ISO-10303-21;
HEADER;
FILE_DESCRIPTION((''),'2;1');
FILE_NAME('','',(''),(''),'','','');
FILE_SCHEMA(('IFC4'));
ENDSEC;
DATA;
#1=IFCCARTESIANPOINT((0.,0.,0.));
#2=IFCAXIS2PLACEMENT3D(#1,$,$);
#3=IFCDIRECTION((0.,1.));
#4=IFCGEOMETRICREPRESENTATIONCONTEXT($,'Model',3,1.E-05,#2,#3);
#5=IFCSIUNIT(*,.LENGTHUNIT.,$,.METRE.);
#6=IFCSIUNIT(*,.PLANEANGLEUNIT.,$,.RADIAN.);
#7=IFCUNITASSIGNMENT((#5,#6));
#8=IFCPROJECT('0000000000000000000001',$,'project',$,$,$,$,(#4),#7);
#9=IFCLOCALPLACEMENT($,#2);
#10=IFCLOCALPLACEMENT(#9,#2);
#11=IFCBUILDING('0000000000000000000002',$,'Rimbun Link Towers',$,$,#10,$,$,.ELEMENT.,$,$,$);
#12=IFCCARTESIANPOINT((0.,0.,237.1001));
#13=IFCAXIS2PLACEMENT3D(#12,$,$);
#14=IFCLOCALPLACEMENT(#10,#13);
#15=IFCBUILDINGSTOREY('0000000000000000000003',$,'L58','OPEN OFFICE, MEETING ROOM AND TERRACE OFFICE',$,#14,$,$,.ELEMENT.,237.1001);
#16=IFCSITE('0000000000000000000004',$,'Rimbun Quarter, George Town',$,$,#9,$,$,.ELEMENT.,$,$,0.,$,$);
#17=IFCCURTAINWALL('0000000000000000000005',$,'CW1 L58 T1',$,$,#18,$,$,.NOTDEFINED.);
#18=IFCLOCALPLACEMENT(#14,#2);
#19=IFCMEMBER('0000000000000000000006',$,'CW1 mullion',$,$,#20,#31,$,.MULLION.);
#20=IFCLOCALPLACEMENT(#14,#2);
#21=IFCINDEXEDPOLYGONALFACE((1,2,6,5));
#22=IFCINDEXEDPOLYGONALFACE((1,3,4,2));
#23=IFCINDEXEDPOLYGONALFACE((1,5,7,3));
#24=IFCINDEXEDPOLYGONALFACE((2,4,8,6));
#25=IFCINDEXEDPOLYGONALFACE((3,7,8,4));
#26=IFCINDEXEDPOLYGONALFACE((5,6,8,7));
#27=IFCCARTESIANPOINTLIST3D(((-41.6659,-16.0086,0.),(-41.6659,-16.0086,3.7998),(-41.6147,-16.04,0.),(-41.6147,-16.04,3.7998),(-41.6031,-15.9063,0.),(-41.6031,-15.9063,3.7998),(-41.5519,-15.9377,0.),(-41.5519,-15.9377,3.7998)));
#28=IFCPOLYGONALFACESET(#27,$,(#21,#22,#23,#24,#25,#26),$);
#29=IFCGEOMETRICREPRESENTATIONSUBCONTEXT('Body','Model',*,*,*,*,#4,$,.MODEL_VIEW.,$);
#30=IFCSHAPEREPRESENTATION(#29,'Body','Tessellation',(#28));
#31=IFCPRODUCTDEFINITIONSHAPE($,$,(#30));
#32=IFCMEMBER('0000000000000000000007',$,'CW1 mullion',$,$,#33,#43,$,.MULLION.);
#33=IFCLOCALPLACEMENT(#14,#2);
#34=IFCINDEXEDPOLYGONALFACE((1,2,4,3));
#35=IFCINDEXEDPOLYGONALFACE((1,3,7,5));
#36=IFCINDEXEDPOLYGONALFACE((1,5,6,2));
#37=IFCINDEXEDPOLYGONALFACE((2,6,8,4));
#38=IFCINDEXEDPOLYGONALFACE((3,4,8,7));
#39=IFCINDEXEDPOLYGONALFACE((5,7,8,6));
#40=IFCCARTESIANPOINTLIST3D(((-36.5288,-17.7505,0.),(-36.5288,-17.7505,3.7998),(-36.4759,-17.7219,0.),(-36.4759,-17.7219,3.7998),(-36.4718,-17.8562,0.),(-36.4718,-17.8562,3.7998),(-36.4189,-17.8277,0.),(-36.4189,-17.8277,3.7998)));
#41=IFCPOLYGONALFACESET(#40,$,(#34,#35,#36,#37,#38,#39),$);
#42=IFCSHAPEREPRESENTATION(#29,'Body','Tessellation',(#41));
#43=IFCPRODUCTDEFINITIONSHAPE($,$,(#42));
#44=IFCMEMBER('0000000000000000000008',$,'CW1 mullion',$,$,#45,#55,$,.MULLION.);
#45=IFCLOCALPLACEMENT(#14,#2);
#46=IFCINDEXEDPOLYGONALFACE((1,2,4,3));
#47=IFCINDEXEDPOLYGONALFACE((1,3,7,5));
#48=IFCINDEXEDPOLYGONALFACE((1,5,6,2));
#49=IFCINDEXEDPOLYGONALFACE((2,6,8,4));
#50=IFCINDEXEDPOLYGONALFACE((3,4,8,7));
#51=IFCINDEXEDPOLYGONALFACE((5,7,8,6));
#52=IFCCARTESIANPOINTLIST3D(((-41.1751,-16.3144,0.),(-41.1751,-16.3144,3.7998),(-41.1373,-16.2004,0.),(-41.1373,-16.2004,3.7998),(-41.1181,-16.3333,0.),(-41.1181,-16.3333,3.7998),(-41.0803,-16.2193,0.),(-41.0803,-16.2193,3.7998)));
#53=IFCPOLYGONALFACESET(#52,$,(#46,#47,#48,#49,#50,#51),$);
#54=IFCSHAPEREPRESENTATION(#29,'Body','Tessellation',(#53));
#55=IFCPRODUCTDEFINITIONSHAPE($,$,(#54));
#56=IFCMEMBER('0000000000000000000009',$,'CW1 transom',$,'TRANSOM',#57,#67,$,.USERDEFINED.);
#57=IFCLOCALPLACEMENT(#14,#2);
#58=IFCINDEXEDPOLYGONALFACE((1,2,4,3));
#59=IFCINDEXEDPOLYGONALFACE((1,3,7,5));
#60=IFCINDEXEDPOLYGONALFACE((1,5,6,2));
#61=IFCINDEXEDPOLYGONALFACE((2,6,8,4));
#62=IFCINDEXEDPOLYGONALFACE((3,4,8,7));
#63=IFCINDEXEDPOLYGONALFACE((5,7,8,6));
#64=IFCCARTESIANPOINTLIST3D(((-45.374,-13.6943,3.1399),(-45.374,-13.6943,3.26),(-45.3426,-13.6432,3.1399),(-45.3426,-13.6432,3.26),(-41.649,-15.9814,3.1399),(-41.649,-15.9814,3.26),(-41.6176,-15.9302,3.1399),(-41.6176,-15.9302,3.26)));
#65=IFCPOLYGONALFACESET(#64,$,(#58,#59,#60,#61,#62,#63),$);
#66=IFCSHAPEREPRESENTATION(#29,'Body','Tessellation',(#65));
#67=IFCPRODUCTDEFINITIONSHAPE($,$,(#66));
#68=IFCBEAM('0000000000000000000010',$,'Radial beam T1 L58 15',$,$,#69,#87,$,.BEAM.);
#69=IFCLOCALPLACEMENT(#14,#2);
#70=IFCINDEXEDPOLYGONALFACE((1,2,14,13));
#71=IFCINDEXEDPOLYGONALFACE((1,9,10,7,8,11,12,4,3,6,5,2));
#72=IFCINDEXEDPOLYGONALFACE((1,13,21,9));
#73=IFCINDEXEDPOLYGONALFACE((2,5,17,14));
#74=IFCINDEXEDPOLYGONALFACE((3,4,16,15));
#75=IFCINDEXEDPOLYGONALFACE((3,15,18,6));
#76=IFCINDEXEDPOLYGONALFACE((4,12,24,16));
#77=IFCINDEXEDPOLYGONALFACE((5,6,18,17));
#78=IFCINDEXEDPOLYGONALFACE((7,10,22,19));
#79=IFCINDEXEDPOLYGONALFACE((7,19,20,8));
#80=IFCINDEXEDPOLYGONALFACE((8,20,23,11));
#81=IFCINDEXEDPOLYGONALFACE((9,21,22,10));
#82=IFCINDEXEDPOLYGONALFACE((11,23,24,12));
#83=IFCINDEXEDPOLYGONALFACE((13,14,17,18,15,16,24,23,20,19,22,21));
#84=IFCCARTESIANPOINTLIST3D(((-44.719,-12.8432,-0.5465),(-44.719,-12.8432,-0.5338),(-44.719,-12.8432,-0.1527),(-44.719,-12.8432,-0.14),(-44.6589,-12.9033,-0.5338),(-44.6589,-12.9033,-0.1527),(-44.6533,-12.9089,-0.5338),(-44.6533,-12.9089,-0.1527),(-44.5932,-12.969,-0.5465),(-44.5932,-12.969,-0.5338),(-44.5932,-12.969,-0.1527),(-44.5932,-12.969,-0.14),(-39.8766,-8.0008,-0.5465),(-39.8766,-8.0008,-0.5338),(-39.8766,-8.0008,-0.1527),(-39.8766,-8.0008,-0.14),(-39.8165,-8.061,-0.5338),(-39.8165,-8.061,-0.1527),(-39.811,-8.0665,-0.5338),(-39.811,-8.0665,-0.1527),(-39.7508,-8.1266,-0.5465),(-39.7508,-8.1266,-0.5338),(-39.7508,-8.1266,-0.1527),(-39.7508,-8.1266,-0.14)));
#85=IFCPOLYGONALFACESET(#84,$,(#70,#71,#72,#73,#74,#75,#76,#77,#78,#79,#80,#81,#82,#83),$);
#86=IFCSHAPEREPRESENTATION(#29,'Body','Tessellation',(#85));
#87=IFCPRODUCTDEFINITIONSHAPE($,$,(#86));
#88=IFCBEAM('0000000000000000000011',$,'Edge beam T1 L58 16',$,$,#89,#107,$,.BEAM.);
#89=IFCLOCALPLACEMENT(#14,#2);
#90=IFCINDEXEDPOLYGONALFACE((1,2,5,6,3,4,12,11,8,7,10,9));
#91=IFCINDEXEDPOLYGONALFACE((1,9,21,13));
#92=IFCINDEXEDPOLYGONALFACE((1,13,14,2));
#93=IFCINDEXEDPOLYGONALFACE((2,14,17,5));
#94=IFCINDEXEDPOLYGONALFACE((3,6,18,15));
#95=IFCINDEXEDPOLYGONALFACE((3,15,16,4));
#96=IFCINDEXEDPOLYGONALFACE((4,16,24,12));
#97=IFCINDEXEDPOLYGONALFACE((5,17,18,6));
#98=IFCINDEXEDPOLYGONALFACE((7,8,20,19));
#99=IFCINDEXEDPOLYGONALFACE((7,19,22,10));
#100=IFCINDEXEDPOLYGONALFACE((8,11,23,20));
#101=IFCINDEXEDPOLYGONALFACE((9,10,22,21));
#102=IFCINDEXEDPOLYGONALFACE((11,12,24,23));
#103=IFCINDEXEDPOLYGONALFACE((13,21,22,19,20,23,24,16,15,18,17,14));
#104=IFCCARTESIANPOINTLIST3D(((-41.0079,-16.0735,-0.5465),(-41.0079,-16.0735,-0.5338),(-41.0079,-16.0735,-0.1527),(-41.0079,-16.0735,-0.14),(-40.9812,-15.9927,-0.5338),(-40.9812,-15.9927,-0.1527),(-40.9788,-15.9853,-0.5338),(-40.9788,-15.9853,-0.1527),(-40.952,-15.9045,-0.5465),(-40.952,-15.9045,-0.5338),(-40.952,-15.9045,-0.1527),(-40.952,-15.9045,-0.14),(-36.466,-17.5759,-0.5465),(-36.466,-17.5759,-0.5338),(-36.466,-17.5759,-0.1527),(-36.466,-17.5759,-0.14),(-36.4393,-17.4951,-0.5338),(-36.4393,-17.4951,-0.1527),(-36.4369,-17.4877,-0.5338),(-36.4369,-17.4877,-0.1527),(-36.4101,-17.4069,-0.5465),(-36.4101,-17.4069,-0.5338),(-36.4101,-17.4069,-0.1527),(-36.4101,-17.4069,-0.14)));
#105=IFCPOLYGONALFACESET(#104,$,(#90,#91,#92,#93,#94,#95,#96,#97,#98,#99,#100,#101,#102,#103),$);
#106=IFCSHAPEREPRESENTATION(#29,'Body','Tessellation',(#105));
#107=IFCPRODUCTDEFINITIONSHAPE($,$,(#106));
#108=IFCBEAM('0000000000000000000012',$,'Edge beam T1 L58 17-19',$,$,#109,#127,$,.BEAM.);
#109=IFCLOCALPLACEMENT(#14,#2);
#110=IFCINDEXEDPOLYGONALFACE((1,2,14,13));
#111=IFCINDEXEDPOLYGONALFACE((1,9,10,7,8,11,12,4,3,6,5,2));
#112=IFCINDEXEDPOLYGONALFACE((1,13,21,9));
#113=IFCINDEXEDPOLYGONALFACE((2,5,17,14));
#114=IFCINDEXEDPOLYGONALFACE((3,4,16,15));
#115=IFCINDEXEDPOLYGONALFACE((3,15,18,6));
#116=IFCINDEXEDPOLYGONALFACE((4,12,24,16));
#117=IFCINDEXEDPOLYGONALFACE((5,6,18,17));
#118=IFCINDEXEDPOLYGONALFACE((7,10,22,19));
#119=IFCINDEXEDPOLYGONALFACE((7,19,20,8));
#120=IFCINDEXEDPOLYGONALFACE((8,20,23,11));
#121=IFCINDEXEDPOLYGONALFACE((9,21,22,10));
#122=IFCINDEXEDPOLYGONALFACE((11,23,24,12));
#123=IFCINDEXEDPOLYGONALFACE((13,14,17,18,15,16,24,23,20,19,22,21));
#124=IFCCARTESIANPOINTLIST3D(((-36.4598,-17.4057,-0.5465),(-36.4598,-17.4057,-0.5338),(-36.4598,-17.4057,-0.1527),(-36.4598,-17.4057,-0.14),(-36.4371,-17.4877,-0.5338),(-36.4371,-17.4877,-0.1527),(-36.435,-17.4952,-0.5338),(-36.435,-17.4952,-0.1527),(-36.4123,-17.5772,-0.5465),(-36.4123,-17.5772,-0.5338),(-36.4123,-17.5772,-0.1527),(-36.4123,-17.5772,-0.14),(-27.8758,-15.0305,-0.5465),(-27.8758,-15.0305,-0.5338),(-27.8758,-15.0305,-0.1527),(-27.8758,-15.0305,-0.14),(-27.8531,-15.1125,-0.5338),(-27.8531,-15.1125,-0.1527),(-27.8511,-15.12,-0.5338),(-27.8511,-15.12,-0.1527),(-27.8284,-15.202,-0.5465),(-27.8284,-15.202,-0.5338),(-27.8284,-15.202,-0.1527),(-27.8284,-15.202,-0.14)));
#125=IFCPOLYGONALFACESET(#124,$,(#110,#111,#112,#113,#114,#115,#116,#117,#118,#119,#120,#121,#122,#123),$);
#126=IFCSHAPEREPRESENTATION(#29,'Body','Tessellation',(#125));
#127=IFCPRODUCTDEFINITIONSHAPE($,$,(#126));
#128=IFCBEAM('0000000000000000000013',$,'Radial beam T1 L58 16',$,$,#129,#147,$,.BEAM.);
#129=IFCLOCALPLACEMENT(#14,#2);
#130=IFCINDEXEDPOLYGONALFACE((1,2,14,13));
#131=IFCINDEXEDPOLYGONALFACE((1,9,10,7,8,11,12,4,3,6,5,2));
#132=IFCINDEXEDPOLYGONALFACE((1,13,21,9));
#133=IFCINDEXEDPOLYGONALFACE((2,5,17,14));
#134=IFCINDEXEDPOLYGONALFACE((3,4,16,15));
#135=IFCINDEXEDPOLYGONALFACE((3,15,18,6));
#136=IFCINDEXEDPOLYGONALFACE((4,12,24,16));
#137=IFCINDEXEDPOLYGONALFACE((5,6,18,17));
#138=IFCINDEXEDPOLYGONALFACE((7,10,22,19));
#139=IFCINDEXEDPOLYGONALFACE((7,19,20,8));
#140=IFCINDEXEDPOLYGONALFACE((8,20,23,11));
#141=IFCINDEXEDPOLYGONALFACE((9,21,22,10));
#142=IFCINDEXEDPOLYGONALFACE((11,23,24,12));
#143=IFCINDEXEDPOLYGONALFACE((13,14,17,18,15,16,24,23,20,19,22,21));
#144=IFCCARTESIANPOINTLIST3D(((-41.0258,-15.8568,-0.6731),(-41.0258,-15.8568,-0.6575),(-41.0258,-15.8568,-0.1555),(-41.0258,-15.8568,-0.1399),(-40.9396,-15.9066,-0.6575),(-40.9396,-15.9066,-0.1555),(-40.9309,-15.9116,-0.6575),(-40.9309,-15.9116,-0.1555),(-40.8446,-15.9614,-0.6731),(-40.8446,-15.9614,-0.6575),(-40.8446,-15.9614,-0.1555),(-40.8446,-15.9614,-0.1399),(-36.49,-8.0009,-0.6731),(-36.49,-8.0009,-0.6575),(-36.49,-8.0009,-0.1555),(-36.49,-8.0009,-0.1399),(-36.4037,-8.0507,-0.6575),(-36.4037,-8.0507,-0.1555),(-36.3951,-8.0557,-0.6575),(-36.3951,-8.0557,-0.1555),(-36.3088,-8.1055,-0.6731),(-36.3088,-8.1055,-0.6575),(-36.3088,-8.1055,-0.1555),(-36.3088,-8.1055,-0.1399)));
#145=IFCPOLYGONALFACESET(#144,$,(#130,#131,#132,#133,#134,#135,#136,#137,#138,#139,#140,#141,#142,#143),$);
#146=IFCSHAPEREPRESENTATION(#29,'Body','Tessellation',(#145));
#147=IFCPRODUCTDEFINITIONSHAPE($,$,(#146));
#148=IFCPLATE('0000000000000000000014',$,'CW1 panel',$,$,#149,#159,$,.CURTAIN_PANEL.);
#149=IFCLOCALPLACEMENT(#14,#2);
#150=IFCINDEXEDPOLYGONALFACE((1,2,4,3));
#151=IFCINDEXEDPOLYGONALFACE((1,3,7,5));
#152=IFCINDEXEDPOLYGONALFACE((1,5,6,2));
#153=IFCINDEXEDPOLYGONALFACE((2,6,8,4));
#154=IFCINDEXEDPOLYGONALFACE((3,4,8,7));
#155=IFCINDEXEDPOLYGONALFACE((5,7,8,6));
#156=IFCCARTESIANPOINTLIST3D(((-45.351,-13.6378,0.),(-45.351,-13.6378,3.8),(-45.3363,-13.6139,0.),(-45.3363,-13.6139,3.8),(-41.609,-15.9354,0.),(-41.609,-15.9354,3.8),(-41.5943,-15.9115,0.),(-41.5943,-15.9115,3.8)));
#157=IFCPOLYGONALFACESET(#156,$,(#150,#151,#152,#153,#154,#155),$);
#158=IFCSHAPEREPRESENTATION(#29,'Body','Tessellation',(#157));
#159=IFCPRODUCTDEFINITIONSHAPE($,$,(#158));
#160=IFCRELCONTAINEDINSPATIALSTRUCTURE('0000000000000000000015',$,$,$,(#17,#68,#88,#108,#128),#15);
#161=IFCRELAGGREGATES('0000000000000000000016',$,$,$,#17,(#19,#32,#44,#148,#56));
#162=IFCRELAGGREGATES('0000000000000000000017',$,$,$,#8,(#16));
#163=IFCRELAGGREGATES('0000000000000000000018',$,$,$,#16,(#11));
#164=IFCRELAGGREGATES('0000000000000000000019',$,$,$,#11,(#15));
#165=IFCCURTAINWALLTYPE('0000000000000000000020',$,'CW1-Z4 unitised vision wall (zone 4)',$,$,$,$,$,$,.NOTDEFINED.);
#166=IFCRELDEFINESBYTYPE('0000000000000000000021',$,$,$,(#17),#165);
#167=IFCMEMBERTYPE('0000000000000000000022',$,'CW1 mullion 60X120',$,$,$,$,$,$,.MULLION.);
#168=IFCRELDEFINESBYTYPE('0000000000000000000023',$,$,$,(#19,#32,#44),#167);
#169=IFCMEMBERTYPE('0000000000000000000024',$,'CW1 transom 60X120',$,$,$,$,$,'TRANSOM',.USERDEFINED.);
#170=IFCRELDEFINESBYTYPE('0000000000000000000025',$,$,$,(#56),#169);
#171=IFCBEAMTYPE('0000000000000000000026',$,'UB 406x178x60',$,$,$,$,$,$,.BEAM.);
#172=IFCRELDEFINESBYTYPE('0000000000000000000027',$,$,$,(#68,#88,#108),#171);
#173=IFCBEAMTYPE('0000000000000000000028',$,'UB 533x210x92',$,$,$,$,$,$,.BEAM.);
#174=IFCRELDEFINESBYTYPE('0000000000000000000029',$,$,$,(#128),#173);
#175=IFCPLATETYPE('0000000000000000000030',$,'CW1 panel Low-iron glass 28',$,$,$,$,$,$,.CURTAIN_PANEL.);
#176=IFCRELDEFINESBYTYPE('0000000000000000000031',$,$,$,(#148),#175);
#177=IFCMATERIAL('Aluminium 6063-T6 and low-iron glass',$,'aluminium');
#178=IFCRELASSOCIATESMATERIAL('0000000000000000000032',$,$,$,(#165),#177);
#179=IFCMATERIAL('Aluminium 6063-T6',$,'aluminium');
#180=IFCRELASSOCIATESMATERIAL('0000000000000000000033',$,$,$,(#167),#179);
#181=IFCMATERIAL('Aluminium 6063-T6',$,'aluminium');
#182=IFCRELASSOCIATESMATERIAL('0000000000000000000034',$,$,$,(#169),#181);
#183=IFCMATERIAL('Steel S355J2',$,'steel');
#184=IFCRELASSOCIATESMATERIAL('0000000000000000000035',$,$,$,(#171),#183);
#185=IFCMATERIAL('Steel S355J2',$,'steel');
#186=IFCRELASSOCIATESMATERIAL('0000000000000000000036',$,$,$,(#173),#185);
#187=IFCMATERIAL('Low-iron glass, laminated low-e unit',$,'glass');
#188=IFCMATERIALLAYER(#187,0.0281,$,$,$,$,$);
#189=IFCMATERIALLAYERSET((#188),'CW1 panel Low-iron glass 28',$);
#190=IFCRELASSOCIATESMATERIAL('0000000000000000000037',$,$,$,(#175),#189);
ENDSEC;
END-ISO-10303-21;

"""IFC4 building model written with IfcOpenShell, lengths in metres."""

from ifc_helpers import new_model, si_unit, direction, frame, origin, origin_2d, place, context, subcontext, project, spatial, rectangle, i_section, extrude, material, layer, layer_set, material_profile, profile_set, type_object, element, aggregate, save


model = new_model("IFC4")

# Units and contexts
model_context = context("Model", 3, precision=1e-05, world=origin(), true_north=direction((0.0, 1.0)))
body_context = subcontext(model_context, "Body", "Model", "MODEL_VIEW")
ifc_project = project(units=[si_unit("LENGTHUNIT", "METRE"), si_unit("PLANEANGLEUNIT", "RADIAN")], contexts=[model_context])

# Site, building, storey
site_placement = place(None, origin())
site = spatial("IfcSite", under=ifc_project, at=site_placement, Name="Rimbun Quarter, George Town", CompositionType="ELEMENT", RefElevation=0.0)
building_placement = place(site_placement, origin())
building = spatial("IfcBuilding", under=site, at=building_placement, Name="Rimbun Link Towers", CompositionType="ELEMENT")
storey_placement = place(building_placement, frame((0.0, 0.0, 237.1001)))
storey = spatial("IfcBuildingStorey", under=building, at=storey_placement, Name="L58", Description="OPEN OFFICE, MEETING ROOM AND TERRACE OFFICE", CompositionType="ELEMENT", Elevation=237.1001)

# Curtain wall, members
ifc_material_1 = material(Name="Aluminium 6063-T6 and low-iron glass", Category="aluminium")
curtain_wall_type = type_object("IfcCurtainWallType", Name="CW1-Z4 unitised vision wall (zone 4)", PredefinedType="NOTDEFINED", material=ifc_material_1)
curtain_wall_placement = place(storey_placement, origin())
curtain_wall = element("IfcCurtainWall", 1, at=curtain_wall_placement, inside=storey, type_object=curtain_wall_type, Name="CW1 L58 T1", PredefinedType="NOTDEFINED")
ifc_material_2 = material(Name="Aluminium 6063-T6", Category="aluminium")
ifc_material_profile_1 = material_profile(ifc_material_2, rectangle(XDim=0.1201, YDim=0.0601, at=origin_2d()), Name="MULLION 60X120")
ifc_profile_set_1 = profile_set([ifc_material_profile_1], Name="Aluminium 6063-T6")
member_type_1 = type_object("IfcMemberType", Name="CW1 mullion 60X120", PredefinedType="MULLION", material=ifc_profile_set_1)
member_1_placement = place(storey_placement, frame((-41.6089, -15.9731, 0.0), z_axis=(0.0, 0.0, 1.0), x_axis=(-0.52324, -0.852185, 0.0)))
member_1 = element("IfcMember", 2, at=member_1_placement, type_object=member_type_1, Name="CW1 mullion", PredefinedType="MULLION", context=body_context, shape_type="SweptSolid", body=[
    extrude(rectangle(XDim=0.1201, YDim=0.0601, at=origin_2d()), origin(), (0.0, 0.0, 1.0), 3.7998),
])
member_2_placement = place(storey_placement, frame((-36.4739, -17.7891, 0.0), z_axis=(0.0, 0.0, 1.0), x_axis=(0.474596, -0.880204, 0.0)))
member_2 = element("IfcMember", 3, at=member_2_placement, type_object=member_type_1, Name="CW1 mullion", PredefinedType="MULLION", context=body_context, shape_type="SweptSolid", body=[
    extrude(rectangle(XDim=0.1201, YDim=0.0601, at=origin_2d()), origin(), (0.0, 0.0, 1.0), 3.7998),
])
member_3_placement = place(storey_placement, frame((-41.1277, -16.2668, 0.0), z_axis=(0.0, 0.0, 1.0), x_axis=(-0.31457, -0.949234, 0.0)))
member_3 = element("IfcMember", 4, at=member_3_placement, type_object=member_type_1, Name="CW1 mullion", PredefinedType="MULLION", context=body_context, shape_type="SweptSolid", body=[
    extrude(rectangle(XDim=0.1201, YDim=0.0601, at=origin_2d()), origin(), (0.0, 0.0, 1.0), 3.7998),
])
ifc_material_3 = material(Name="Aluminium 6063-T6", Category="aluminium")
ifc_material_profile_2 = material_profile(ifc_material_3, rectangle(XDim=0.0601, YDim=0.1201, at=origin_2d()), Name="TRANSOM 60X120")
ifc_profile_set_2 = profile_set([ifc_material_profile_2], Name="Aluminium 6063-T6")
member_type_2 = type_object("IfcMemberType", Name="CW1 transom 60X120", ElementType="TRANSOM", PredefinedType="USERDEFINED", material=ifc_profile_set_2)
member_4_placement = place(storey_placement, frame((-41.6333, -15.9558, 3.2), z_axis=(-0.852195, 0.523225, 0.0), x_axis=(-0.523225, -0.852195, 0.0)))
member_4 = element("IfcMember", 5, at=member_4_placement, type_object=member_type_2, Name="CW1 transom", ObjectType="TRANSOM", PredefinedType="USERDEFINED", context=body_context, shape_type="SweptSolid", body=[
    extrude(rectangle(XDim=0.0601, YDim=0.1201, at=origin_2d()), origin(), (0.0, 0.0, 1.0), 4.3711),
])

# Beams
ifc_material_4 = material(Name="Steel S355J2", Category="steel")
ifc_material_profile_3 = material_profile(ifc_material_4, i_section(OverallWidth=0.178, OverallDepth=0.4065, WebThickness=0.0078, FlangeThickness=0.0127, at=origin_2d()), Name="UB 406x178x60")
ifc_profile_set_3 = profile_set([ifc_material_profile_3], Name="Steel S355J2")
beam_type_1 = type_object("IfcBeamType", Name="UB 406x178x60", PredefinedType="BEAM", material=ifc_profile_set_3)
beam_1_placement = place(storey_placement, frame((-39.8137, -8.0637, -0.3433), z_axis=(-0.707107, -0.707107, 0.0), x_axis=(0.707107, -0.707107, 0.0)))
element("IfcBeam", 6, at=beam_1_placement, inside=storey, type_object=beam_type_1, Name="Radial beam T1 L58 15", PredefinedType="BEAM", context=body_context, shape_type="SweptSolid", body=[
    extrude(i_section(OverallWidth=0.178, OverallDepth=0.4065, WebThickness=0.0078, FlangeThickness=0.0127, at=origin_2d()), origin(), (0.0, 0.0, 1.0), 6.8481),
])
beam_2_placement = place(storey_placement, frame((-40.98, -15.989, -0.3433), z_axis=(0.949405, -0.314053, 0.0), x_axis=(0.314053, 0.949405, 0.0)))
element("IfcBeam", 7, at=beam_2_placement, inside=storey, type_object=beam_type_1, Name="Edge beam T1 L58 16", PredefinedType="BEAM", context=body_context, shape_type="SweptSolid", body=[
    extrude(i_section(OverallWidth=0.178, OverallDepth=0.4065, WebThickness=0.0078, FlangeThickness=0.0127, at=origin_2d()), origin(), (0.0, 0.0, 1.0), 4.7839),
])
beam_3_placement = place(storey_placement, frame((-36.436, -17.4915, -0.3433), z_axis=(0.963784, 0.266685, 0.0), x_axis=(-0.266685, 0.963784, 0.0)))
element("IfcBeam", 8, at=beam_3_placement, inside=storey, type_object=beam_type_1, Name="Edge beam T1 L58 17-19", PredefinedType="BEAM", context=body_context, shape_type="SweptSolid", body=[
    extrude(i_section(OverallWidth=0.178, OverallDepth=0.4065, WebThickness=0.0078, FlangeThickness=0.0127, at=origin_2d()), origin(), (0.0, 0.0, 1.0), 8.9065),
])
ifc_material_5 = material(Name="Steel S355J2", Category="steel")
ifc_material_profile_4 = material_profile(ifc_material_5, i_section(OverallWidth=0.2092, OverallDepth=0.5332, WebThickness=0.01, FlangeThickness=0.0156, at=origin_2d()), Name="UB 533x210x92")
ifc_profile_set_4 = profile_set([ifc_material_profile_4], Name="Steel S355J2")
beam_type_2 = type_object("IfcBeamType", Name="UB 533x210x92", PredefinedType="BEAM", material=ifc_profile_set_4)
beam_4_placement = place(storey_placement, frame((-36.3994, -8.0532, -0.4065), z_axis=(-0.500021, -0.866013, 0.0), x_axis=(0.866013, -0.500021, 0.0)))
element("IfcBeam", 9, at=beam_4_placement, inside=storey, type_object=beam_type_2, Name="Radial beam T1 L58 16", PredefinedType="BEAM", context=body_context, shape_type="SweptSolid", body=[
    extrude(i_section(OverallWidth=0.2092, OverallDepth=0.5332, WebThickness=0.01, FlangeThickness=0.0156, at=origin_2d()), origin(), (0.0, 0.0, 1.0), 9.0713),
])

# Plate
ifc_material_6 = material(Name="Low-iron glass, laminated low-e unit", Category="glass")
ifc_layer_1 = layer(ifc_material_6, 0.0281)
ifc_layer_set_1 = layer_set([ifc_layer_1], Name="CW1 panel Low-iron glass 28")
plate_type = type_object("IfcPlateType", Name="CW1 panel Low-iron glass 28", PredefinedType="CURTAIN_PANEL", material=ifc_layer_set_1)
plate_placement = place(storey_placement, frame((-43.4727, -14.7747, 0.0), z_axis=(0.0, 0.0, 1.0), x_axis=(-0.852185, 0.52324, 0.0)))
plate = element("IfcPlate", 10, at=plate_placement, type_object=plate_type, Name="CW1 panel", PredefinedType="CURTAIN_PANEL", context=body_context, shape_type="SweptSolid", body=[
    extrude(rectangle(XDim=4.3911, YDim=0.0281, at=origin_2d()), origin(), (0.0, 0.0, 1.0), 3.8),
])
aggregate(curtain_wall, [member_1, member_2, member_3, plate, member_4])

save(model, "model.ifc")
